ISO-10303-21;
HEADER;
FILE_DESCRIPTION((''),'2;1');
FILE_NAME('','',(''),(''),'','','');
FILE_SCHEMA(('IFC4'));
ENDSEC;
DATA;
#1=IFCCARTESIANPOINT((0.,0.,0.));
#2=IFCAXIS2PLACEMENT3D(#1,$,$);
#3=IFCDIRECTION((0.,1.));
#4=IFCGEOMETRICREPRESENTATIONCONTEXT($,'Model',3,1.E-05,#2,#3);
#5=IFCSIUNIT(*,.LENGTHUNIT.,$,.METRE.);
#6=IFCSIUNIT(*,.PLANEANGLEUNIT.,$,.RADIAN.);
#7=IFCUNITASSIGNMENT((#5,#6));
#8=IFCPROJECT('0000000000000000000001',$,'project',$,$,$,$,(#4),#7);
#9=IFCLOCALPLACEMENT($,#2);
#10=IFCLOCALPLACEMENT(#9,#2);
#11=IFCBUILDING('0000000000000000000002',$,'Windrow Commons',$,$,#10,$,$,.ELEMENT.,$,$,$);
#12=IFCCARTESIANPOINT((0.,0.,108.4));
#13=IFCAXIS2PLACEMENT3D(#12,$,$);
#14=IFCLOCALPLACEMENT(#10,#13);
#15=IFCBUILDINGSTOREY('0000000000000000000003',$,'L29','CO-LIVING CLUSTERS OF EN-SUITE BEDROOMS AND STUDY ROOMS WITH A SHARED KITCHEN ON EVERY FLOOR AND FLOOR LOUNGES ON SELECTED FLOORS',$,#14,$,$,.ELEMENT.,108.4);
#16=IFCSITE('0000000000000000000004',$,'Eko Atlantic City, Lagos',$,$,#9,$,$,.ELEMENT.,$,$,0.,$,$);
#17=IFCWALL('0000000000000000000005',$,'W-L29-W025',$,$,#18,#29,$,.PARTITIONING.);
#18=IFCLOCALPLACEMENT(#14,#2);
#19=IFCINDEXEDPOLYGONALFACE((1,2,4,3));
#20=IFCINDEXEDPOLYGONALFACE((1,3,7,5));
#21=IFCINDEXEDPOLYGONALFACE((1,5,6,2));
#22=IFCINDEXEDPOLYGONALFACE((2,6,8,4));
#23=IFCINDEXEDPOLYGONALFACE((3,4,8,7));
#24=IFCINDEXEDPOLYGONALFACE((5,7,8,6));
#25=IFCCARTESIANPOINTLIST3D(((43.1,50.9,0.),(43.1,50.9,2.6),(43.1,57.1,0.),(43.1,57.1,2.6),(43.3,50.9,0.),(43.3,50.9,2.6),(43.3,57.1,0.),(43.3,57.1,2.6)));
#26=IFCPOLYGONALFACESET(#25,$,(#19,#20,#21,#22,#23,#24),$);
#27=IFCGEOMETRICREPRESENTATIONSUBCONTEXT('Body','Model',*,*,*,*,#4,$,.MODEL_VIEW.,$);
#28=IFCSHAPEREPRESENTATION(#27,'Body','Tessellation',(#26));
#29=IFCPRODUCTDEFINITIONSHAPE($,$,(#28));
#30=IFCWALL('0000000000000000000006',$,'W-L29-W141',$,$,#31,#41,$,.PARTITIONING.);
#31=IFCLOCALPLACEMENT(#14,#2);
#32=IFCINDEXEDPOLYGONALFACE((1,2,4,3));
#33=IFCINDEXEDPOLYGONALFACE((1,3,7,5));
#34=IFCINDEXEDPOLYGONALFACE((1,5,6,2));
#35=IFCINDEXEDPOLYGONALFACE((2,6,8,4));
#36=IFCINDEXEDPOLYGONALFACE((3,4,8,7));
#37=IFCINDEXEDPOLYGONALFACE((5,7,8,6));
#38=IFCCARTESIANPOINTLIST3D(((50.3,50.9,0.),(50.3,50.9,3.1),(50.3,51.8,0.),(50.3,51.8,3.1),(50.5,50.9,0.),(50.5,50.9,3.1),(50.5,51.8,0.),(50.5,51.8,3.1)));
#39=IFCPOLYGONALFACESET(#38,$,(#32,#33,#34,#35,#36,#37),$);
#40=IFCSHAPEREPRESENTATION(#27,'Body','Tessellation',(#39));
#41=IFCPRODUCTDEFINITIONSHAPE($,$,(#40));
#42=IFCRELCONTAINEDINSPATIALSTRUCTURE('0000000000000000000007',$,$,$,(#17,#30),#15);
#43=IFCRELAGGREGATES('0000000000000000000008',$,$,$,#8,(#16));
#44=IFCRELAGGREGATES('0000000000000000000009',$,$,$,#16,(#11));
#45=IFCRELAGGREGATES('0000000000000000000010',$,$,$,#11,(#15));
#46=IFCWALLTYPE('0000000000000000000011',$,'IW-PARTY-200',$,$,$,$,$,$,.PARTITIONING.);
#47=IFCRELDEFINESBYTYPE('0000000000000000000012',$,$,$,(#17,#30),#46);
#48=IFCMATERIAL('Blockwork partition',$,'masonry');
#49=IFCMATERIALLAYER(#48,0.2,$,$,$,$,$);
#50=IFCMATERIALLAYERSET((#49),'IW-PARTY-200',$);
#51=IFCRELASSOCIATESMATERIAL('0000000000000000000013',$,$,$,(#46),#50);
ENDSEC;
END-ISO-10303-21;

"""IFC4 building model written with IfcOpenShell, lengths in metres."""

from ifc_helpers import new_model, si_unit, direction, frame, frame_2d, origin, place, context, subcontext, project, spatial, rectangle, extrude, material, layer, layer_set, type_object, element, save


model = new_model("IFC4")

# Units and contexts
model_context = context("Model", 3, precision=1e-05, world=origin(), true_north=direction((0.0, 1.0)))
body_context = subcontext(model_context, "Body", "Model", "MODEL_VIEW")
ifc_project = project(units=[si_unit("LENGTHUNIT", "METRE"), si_unit("PLANEANGLEUNIT", "RADIAN")], contexts=[model_context])

# Site, building, storey
site_placement = place(None, origin())
site = spatial("IfcSite", under=ifc_project, at=site_placement, Name="Eko Atlantic City, Lagos", CompositionType="ELEMENT", RefElevation=0.0)
building_placement = place(site_placement, origin())
building = spatial("IfcBuilding", under=site, at=building_placement, Name="Windrow Commons", CompositionType="ELEMENT")
storey_placement = place(building_placement, frame((0.0, 0.0, 108.4)))
storey = spatial("IfcBuildingStorey", under=building, at=storey_placement, Name="L29", Description="CO-LIVING CLUSTERS OF EN-SUITE BEDROOMS AND STUDY ROOMS WITH A SHARED KITCHEN ON EVERY FLOOR AND FLOOR LOUNGES ON SELECTED FLOORS", CompositionType="ELEMENT", Elevation=108.4)

# Walls
ifc_material_1 = material(Name="Blockwork partition", Category="masonry")
ifc_layer_1 = layer(ifc_material_1, 0.2)
ifc_layer_set_1 = layer_set([ifc_layer_1], Name="IW-PARTY-200")
wall_type_1 = type_object("IfcWallType", Name="IW-PARTY-200", PredefinedType="PARTITIONING", material=ifc_layer_set_1)
wall_1_placement = place(storey_placement, frame((43.2, 50.9, 0.0), z_axis=(0.0, 0.0, 1.0), x_axis=(0.0, 1.0, 0.0)))
element("IfcWall", 1, at=wall_1_placement, inside=storey, type_object=wall_type_1, Name="W-L29-W025", PredefinedType="PARTITIONING", context=body_context, shape_type="SweptSolid", body=[
    extrude(rectangle(XDim=6.2, YDim=0.2, at=frame_2d((3.1, 0.0))), origin(), (0.0, 0.0, 1.0), 2.6),
])
wall_2_placement = place(storey_placement, frame((50.4, 50.9, 0.0), z_axis=(0.0, 0.0, 1.0), x_axis=(0.0, 1.0, 0.0)))
element("IfcWall", 2, at=wall_2_placement, inside=storey, type_object=wall_type_1, Name="W-L29-W141", PredefinedType="PARTITIONING", context=body_context, shape_type="SweptSolid", body=[
    extrude(rectangle(XDim=0.9, YDim=0.2, at=frame_2d((0.45, 0.0))), origin(), (0.0, 0.0, 1.0), 3.1),
])

save(model, "model.ifc")
